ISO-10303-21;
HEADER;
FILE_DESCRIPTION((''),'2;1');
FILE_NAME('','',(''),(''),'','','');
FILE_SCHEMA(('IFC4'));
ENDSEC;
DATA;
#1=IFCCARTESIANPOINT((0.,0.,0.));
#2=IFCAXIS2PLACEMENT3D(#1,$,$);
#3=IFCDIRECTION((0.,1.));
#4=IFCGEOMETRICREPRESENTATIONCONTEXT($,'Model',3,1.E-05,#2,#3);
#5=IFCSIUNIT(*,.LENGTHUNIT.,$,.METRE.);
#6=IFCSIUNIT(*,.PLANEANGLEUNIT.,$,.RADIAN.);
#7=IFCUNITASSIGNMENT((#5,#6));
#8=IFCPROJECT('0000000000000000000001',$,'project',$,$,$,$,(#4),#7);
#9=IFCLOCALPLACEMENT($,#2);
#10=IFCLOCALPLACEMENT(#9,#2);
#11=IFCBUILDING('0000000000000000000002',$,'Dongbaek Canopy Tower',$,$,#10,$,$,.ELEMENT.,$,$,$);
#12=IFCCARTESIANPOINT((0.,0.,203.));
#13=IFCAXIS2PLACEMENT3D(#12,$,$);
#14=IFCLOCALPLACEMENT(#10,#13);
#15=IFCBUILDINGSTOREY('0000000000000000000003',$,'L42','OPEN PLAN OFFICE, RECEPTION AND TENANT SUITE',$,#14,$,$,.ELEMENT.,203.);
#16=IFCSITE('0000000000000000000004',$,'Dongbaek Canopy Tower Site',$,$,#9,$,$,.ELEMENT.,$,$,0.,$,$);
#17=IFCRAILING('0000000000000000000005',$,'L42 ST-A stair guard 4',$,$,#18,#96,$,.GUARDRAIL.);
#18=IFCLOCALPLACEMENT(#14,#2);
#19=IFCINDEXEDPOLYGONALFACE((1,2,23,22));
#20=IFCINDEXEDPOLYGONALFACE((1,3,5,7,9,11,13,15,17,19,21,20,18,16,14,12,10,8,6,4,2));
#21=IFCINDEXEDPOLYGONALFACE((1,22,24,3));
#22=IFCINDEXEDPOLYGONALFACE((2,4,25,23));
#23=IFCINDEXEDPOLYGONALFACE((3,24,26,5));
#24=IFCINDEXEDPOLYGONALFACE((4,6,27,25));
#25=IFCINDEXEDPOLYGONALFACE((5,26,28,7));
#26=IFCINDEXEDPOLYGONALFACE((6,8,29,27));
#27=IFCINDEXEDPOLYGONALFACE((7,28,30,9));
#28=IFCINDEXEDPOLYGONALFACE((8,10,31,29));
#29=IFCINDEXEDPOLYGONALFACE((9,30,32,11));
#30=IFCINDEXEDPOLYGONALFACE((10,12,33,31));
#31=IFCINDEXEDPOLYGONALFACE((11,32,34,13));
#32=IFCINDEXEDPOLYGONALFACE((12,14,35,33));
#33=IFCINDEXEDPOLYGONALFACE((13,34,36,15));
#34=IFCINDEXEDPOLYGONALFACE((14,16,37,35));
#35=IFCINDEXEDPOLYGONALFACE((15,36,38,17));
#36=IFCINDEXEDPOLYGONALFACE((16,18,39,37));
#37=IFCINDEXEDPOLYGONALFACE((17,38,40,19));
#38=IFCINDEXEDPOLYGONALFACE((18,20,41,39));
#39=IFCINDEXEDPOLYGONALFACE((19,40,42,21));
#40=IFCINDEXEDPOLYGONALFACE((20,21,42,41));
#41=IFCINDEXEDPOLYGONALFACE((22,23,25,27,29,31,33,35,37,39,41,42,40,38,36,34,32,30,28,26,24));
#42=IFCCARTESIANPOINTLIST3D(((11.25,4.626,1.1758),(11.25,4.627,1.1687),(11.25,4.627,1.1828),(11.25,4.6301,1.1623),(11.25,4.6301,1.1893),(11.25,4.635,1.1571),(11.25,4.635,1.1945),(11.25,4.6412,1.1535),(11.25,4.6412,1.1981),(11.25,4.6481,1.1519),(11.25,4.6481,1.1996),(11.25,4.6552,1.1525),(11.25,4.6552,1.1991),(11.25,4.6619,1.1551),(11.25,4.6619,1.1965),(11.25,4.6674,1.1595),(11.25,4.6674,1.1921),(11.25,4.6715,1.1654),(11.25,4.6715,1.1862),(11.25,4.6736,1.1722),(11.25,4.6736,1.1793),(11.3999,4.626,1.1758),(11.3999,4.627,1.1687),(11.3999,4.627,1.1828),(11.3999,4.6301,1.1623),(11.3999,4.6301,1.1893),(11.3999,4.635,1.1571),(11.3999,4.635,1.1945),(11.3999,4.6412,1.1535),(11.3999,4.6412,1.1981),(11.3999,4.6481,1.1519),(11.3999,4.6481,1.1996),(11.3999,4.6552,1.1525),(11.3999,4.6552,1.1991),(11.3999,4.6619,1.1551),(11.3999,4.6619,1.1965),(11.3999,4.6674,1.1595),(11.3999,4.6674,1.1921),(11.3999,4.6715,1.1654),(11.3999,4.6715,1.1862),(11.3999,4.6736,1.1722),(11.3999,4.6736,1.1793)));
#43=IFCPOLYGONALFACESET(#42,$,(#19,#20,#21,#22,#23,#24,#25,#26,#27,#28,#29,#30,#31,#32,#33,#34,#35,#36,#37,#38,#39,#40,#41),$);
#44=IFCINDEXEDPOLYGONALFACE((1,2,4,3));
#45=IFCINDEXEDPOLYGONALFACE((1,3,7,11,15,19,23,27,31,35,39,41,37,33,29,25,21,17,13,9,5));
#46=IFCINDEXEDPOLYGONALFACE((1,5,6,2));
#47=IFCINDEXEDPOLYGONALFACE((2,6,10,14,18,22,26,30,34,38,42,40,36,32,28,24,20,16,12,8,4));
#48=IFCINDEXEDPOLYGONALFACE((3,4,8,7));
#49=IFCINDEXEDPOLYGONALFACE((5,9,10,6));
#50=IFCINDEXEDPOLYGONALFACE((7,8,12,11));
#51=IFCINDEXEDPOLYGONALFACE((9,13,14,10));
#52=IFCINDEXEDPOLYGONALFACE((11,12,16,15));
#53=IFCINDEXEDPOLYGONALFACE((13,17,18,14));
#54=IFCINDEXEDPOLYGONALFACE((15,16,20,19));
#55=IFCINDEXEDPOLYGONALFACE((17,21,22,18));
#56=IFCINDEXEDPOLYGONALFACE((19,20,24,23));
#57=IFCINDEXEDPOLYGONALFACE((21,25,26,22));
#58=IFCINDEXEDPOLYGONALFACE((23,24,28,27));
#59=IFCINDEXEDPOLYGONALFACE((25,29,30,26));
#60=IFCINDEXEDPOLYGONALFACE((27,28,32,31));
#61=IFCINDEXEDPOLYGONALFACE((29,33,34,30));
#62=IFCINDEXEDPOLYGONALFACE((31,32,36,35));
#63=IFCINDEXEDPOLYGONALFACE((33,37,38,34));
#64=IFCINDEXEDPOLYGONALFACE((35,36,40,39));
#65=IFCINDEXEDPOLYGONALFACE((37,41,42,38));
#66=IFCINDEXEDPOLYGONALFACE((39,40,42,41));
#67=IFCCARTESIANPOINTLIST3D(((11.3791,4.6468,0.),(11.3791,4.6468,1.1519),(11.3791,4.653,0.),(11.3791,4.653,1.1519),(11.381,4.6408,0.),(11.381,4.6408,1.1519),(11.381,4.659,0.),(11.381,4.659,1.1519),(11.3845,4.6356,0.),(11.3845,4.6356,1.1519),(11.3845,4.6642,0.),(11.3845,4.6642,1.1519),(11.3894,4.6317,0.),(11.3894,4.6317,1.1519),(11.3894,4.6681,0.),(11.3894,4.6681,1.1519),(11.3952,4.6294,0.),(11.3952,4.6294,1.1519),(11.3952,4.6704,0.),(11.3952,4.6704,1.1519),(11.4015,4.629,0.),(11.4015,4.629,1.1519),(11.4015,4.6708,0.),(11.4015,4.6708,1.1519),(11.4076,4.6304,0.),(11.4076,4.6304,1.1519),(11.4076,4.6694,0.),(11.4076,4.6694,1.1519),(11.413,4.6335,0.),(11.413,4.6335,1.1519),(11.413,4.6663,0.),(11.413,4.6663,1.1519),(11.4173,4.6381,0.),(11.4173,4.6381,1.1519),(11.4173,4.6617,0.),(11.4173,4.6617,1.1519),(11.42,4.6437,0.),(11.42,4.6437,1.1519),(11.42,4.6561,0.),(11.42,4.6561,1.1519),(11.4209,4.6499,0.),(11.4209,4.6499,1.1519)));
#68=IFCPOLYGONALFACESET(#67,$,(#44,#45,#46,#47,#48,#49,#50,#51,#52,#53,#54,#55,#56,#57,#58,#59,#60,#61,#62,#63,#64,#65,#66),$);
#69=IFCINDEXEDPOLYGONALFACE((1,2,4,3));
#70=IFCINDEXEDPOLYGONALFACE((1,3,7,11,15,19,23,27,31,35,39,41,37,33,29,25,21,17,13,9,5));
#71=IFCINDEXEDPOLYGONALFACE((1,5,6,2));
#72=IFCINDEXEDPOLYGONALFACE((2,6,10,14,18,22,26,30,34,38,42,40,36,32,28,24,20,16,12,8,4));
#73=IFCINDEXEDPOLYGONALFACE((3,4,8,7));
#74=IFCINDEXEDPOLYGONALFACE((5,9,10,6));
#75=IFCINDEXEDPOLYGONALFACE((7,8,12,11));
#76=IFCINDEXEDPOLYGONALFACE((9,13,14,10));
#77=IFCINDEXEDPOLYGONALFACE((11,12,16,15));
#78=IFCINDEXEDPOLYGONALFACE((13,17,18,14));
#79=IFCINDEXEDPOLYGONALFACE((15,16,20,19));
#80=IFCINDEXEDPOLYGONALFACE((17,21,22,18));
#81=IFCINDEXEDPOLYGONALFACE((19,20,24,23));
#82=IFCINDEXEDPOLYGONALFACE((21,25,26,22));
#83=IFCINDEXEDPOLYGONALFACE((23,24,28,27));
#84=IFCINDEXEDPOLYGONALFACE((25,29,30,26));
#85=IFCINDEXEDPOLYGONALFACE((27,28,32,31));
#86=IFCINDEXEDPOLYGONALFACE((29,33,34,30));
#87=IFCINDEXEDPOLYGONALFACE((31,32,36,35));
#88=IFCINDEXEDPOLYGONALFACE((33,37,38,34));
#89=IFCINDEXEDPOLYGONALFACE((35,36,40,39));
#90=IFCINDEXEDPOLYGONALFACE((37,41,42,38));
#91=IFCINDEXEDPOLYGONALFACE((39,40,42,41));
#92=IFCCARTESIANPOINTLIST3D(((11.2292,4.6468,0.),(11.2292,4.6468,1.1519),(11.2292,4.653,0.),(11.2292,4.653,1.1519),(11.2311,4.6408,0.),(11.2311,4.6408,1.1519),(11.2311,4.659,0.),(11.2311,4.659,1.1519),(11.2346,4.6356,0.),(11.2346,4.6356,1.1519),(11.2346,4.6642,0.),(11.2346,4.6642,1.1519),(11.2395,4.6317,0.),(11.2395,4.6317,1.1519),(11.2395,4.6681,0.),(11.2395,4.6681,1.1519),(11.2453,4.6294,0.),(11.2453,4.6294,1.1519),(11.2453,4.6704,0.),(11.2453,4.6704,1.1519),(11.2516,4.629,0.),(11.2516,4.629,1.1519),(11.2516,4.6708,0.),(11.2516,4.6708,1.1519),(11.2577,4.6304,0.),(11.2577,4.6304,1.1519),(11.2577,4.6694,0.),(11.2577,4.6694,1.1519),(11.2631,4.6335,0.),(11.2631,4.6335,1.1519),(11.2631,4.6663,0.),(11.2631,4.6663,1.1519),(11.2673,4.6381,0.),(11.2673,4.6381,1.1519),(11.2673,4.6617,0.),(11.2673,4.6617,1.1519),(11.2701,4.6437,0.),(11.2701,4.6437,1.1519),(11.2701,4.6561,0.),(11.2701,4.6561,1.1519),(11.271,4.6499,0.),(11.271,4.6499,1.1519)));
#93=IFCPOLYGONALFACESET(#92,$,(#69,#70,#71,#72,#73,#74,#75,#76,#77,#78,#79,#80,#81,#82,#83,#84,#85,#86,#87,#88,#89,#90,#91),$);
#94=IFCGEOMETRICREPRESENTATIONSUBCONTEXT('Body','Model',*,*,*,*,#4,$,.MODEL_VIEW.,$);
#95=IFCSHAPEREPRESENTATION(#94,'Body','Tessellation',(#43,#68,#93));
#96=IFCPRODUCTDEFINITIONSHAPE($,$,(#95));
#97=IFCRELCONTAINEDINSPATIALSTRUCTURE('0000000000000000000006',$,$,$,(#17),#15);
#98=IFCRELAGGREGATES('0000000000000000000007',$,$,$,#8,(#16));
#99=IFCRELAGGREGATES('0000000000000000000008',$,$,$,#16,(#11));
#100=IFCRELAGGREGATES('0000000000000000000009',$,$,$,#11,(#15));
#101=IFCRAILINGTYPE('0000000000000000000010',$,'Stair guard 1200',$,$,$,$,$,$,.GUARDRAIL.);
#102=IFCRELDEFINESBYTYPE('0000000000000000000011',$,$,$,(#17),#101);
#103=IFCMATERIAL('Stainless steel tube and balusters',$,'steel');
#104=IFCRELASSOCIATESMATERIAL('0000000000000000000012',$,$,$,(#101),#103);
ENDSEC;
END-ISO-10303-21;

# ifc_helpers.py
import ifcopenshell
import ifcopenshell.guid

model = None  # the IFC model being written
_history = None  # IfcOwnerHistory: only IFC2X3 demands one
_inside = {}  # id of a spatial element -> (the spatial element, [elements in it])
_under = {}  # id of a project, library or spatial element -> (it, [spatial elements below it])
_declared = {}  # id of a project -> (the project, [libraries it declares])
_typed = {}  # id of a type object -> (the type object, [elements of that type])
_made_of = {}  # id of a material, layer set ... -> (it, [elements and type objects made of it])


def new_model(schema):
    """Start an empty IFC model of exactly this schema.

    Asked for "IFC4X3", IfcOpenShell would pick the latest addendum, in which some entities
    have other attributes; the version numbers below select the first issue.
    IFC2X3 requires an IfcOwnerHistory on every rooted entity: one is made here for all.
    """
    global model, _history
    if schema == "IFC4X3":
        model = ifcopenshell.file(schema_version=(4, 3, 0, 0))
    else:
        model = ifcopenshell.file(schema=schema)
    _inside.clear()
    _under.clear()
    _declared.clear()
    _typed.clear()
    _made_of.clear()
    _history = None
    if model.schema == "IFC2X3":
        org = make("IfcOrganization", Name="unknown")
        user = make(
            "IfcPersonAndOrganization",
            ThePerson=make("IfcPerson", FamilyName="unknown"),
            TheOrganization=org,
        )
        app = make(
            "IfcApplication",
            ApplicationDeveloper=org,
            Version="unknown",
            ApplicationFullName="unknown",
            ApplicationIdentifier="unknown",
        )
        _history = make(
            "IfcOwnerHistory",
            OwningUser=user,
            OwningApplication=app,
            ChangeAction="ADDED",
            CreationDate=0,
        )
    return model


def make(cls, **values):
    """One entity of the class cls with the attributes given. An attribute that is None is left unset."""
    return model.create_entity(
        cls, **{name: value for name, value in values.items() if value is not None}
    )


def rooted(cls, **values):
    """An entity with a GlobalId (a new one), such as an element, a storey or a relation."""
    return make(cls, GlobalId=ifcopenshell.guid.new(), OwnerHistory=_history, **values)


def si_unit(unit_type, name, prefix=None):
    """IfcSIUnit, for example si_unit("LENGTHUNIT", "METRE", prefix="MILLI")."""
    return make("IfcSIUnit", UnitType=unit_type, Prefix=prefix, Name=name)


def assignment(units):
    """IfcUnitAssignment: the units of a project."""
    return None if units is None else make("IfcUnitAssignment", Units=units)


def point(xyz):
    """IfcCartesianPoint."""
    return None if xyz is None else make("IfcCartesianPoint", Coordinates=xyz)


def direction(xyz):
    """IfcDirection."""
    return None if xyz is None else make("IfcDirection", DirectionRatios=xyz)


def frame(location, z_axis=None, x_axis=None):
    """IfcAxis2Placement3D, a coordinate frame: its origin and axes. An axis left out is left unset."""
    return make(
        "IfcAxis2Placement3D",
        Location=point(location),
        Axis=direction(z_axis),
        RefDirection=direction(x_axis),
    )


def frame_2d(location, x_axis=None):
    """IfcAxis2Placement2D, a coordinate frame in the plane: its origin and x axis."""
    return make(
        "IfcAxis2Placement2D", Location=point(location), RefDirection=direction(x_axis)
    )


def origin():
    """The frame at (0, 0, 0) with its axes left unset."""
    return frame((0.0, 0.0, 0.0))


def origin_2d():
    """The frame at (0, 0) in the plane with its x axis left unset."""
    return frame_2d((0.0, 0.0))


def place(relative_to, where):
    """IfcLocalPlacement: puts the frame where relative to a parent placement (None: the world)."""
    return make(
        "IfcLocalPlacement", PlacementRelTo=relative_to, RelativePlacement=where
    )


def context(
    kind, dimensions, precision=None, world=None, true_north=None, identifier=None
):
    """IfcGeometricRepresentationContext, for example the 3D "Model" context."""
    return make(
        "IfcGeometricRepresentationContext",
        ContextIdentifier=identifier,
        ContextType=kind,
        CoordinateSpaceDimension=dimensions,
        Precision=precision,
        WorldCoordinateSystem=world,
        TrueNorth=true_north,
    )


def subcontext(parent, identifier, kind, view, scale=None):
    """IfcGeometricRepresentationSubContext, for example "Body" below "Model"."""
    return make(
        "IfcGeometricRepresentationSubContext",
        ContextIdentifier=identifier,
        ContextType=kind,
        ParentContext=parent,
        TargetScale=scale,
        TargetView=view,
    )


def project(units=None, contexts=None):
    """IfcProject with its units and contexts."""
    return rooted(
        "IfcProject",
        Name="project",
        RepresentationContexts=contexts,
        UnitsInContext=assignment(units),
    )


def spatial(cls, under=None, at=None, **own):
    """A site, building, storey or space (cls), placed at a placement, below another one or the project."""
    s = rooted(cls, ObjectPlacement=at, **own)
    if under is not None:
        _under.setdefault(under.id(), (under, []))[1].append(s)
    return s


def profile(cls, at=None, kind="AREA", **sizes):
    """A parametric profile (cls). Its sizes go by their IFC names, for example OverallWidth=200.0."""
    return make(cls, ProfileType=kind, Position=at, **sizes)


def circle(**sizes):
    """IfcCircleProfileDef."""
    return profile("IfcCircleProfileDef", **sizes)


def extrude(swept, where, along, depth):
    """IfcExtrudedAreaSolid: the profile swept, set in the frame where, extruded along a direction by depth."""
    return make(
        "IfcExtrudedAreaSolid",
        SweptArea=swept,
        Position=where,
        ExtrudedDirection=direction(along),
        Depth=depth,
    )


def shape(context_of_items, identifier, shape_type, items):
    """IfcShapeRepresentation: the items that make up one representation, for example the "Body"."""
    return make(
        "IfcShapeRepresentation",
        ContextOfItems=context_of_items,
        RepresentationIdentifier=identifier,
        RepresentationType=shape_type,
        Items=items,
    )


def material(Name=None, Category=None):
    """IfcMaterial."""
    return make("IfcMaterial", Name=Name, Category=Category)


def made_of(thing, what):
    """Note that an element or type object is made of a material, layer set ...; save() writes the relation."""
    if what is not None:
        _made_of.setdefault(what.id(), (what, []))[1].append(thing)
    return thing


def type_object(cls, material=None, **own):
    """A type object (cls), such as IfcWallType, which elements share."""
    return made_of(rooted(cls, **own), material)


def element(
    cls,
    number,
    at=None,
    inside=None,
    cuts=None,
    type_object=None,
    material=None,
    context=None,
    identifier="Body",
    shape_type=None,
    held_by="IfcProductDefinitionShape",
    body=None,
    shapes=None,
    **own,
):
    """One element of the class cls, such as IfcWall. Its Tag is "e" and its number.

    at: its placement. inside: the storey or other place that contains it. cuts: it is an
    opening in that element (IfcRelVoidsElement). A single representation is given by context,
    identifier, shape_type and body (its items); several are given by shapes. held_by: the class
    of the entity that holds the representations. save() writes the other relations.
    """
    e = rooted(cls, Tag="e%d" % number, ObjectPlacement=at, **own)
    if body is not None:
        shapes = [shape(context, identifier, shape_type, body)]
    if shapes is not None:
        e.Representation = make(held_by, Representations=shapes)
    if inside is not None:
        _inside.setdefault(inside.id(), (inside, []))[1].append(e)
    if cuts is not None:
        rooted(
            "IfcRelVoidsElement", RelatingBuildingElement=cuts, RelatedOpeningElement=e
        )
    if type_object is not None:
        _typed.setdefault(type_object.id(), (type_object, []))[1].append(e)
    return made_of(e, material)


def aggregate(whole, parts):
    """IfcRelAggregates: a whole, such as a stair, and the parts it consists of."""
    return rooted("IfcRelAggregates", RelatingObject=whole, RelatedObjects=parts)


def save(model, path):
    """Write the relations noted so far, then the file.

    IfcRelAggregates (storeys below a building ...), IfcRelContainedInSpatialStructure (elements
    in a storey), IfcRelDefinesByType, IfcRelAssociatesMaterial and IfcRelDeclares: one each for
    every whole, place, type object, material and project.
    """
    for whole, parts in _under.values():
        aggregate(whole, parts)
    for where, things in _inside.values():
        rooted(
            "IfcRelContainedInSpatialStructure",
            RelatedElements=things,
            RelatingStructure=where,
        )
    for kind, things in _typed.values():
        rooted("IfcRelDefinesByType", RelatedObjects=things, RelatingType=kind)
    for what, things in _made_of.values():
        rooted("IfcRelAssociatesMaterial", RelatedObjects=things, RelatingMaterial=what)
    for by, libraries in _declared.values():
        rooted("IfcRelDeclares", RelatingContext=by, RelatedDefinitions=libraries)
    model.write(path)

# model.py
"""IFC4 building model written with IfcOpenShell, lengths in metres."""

from ifc_helpers import new_model, si_unit, direction, frame, origin, origin_2d, place, context, subcontext, project, spatial, circle, extrude, material, type_object, element, save


model = new_model("IFC4")

# Units and contexts
model_context = context("Model", 3, precision=1e-05, world=origin(), true_north=direction((0.0, 1.0)))
body_context = subcontext(model_context, "Body", "Model", "MODEL_VIEW")
ifc_project = project(units=[si_unit("LENGTHUNIT", "METRE"), si_unit("PLANEANGLEUNIT", "RADIAN")], contexts=[model_context])

# Site, building, storey
site_placement = place(None, origin())
site = spatial("IfcSite", under=ifc_project, at=site_placement, Name="Dongbaek Canopy Tower Site", CompositionType="ELEMENT", RefElevation=0.0)
building_placement = place(site_placement, origin())
building = spatial("IfcBuilding", under=site, at=building_placement, Name="Dongbaek Canopy Tower", CompositionType="ELEMENT")
storey_placement = place(building_placement, frame((0.0, 0.0, 203.0)))
storey = spatial("IfcBuildingStorey", under=building, at=storey_placement, Name="L42", Description="OPEN PLAN OFFICE, RECEPTION AND TENANT SUITE", CompositionType="ELEMENT", Elevation=203.0)

# Railing
ifc_material_1 = material(Name="Stainless steel tube and balusters", Category="steel")
railing_type_1 = type_object("IfcRailingType", Name="Stair guard 1200", PredefinedType="GUARDRAIL", material=ifc_material_1)
railing_1_placement = place(storey_placement, frame((11.3999, 4.6499, 0.0)))
element("IfcRailing", 1, at=railing_1_placement, inside=storey, type_object=railing_type_1, Name="L42 ST-A stair guard 4", PredefinedType="GUARDRAIL", context=body_context, shape_type="SweptSolid", body=[
    extrude(circle(Radius=0.0239, at=origin_2d()), frame((0.0, 0.0, 1.1758), z_axis=(-1.0, 0.0, 0.0), x_axis=(0.0, -1.0, 0.0)), (0.0, 0.0, 1.0), 0.1499),
    extrude(circle(Radius=0.021, at=origin_2d()), origin(), (0.0, 0.0, 1.0), 1.1519),
    extrude(circle(Radius=0.021, at=origin_2d()), frame((-0.1499, 0.0, 0.0)), (0.0, 0.0, 1.0), 1.1519),
])

save(model, "model.ifc")
